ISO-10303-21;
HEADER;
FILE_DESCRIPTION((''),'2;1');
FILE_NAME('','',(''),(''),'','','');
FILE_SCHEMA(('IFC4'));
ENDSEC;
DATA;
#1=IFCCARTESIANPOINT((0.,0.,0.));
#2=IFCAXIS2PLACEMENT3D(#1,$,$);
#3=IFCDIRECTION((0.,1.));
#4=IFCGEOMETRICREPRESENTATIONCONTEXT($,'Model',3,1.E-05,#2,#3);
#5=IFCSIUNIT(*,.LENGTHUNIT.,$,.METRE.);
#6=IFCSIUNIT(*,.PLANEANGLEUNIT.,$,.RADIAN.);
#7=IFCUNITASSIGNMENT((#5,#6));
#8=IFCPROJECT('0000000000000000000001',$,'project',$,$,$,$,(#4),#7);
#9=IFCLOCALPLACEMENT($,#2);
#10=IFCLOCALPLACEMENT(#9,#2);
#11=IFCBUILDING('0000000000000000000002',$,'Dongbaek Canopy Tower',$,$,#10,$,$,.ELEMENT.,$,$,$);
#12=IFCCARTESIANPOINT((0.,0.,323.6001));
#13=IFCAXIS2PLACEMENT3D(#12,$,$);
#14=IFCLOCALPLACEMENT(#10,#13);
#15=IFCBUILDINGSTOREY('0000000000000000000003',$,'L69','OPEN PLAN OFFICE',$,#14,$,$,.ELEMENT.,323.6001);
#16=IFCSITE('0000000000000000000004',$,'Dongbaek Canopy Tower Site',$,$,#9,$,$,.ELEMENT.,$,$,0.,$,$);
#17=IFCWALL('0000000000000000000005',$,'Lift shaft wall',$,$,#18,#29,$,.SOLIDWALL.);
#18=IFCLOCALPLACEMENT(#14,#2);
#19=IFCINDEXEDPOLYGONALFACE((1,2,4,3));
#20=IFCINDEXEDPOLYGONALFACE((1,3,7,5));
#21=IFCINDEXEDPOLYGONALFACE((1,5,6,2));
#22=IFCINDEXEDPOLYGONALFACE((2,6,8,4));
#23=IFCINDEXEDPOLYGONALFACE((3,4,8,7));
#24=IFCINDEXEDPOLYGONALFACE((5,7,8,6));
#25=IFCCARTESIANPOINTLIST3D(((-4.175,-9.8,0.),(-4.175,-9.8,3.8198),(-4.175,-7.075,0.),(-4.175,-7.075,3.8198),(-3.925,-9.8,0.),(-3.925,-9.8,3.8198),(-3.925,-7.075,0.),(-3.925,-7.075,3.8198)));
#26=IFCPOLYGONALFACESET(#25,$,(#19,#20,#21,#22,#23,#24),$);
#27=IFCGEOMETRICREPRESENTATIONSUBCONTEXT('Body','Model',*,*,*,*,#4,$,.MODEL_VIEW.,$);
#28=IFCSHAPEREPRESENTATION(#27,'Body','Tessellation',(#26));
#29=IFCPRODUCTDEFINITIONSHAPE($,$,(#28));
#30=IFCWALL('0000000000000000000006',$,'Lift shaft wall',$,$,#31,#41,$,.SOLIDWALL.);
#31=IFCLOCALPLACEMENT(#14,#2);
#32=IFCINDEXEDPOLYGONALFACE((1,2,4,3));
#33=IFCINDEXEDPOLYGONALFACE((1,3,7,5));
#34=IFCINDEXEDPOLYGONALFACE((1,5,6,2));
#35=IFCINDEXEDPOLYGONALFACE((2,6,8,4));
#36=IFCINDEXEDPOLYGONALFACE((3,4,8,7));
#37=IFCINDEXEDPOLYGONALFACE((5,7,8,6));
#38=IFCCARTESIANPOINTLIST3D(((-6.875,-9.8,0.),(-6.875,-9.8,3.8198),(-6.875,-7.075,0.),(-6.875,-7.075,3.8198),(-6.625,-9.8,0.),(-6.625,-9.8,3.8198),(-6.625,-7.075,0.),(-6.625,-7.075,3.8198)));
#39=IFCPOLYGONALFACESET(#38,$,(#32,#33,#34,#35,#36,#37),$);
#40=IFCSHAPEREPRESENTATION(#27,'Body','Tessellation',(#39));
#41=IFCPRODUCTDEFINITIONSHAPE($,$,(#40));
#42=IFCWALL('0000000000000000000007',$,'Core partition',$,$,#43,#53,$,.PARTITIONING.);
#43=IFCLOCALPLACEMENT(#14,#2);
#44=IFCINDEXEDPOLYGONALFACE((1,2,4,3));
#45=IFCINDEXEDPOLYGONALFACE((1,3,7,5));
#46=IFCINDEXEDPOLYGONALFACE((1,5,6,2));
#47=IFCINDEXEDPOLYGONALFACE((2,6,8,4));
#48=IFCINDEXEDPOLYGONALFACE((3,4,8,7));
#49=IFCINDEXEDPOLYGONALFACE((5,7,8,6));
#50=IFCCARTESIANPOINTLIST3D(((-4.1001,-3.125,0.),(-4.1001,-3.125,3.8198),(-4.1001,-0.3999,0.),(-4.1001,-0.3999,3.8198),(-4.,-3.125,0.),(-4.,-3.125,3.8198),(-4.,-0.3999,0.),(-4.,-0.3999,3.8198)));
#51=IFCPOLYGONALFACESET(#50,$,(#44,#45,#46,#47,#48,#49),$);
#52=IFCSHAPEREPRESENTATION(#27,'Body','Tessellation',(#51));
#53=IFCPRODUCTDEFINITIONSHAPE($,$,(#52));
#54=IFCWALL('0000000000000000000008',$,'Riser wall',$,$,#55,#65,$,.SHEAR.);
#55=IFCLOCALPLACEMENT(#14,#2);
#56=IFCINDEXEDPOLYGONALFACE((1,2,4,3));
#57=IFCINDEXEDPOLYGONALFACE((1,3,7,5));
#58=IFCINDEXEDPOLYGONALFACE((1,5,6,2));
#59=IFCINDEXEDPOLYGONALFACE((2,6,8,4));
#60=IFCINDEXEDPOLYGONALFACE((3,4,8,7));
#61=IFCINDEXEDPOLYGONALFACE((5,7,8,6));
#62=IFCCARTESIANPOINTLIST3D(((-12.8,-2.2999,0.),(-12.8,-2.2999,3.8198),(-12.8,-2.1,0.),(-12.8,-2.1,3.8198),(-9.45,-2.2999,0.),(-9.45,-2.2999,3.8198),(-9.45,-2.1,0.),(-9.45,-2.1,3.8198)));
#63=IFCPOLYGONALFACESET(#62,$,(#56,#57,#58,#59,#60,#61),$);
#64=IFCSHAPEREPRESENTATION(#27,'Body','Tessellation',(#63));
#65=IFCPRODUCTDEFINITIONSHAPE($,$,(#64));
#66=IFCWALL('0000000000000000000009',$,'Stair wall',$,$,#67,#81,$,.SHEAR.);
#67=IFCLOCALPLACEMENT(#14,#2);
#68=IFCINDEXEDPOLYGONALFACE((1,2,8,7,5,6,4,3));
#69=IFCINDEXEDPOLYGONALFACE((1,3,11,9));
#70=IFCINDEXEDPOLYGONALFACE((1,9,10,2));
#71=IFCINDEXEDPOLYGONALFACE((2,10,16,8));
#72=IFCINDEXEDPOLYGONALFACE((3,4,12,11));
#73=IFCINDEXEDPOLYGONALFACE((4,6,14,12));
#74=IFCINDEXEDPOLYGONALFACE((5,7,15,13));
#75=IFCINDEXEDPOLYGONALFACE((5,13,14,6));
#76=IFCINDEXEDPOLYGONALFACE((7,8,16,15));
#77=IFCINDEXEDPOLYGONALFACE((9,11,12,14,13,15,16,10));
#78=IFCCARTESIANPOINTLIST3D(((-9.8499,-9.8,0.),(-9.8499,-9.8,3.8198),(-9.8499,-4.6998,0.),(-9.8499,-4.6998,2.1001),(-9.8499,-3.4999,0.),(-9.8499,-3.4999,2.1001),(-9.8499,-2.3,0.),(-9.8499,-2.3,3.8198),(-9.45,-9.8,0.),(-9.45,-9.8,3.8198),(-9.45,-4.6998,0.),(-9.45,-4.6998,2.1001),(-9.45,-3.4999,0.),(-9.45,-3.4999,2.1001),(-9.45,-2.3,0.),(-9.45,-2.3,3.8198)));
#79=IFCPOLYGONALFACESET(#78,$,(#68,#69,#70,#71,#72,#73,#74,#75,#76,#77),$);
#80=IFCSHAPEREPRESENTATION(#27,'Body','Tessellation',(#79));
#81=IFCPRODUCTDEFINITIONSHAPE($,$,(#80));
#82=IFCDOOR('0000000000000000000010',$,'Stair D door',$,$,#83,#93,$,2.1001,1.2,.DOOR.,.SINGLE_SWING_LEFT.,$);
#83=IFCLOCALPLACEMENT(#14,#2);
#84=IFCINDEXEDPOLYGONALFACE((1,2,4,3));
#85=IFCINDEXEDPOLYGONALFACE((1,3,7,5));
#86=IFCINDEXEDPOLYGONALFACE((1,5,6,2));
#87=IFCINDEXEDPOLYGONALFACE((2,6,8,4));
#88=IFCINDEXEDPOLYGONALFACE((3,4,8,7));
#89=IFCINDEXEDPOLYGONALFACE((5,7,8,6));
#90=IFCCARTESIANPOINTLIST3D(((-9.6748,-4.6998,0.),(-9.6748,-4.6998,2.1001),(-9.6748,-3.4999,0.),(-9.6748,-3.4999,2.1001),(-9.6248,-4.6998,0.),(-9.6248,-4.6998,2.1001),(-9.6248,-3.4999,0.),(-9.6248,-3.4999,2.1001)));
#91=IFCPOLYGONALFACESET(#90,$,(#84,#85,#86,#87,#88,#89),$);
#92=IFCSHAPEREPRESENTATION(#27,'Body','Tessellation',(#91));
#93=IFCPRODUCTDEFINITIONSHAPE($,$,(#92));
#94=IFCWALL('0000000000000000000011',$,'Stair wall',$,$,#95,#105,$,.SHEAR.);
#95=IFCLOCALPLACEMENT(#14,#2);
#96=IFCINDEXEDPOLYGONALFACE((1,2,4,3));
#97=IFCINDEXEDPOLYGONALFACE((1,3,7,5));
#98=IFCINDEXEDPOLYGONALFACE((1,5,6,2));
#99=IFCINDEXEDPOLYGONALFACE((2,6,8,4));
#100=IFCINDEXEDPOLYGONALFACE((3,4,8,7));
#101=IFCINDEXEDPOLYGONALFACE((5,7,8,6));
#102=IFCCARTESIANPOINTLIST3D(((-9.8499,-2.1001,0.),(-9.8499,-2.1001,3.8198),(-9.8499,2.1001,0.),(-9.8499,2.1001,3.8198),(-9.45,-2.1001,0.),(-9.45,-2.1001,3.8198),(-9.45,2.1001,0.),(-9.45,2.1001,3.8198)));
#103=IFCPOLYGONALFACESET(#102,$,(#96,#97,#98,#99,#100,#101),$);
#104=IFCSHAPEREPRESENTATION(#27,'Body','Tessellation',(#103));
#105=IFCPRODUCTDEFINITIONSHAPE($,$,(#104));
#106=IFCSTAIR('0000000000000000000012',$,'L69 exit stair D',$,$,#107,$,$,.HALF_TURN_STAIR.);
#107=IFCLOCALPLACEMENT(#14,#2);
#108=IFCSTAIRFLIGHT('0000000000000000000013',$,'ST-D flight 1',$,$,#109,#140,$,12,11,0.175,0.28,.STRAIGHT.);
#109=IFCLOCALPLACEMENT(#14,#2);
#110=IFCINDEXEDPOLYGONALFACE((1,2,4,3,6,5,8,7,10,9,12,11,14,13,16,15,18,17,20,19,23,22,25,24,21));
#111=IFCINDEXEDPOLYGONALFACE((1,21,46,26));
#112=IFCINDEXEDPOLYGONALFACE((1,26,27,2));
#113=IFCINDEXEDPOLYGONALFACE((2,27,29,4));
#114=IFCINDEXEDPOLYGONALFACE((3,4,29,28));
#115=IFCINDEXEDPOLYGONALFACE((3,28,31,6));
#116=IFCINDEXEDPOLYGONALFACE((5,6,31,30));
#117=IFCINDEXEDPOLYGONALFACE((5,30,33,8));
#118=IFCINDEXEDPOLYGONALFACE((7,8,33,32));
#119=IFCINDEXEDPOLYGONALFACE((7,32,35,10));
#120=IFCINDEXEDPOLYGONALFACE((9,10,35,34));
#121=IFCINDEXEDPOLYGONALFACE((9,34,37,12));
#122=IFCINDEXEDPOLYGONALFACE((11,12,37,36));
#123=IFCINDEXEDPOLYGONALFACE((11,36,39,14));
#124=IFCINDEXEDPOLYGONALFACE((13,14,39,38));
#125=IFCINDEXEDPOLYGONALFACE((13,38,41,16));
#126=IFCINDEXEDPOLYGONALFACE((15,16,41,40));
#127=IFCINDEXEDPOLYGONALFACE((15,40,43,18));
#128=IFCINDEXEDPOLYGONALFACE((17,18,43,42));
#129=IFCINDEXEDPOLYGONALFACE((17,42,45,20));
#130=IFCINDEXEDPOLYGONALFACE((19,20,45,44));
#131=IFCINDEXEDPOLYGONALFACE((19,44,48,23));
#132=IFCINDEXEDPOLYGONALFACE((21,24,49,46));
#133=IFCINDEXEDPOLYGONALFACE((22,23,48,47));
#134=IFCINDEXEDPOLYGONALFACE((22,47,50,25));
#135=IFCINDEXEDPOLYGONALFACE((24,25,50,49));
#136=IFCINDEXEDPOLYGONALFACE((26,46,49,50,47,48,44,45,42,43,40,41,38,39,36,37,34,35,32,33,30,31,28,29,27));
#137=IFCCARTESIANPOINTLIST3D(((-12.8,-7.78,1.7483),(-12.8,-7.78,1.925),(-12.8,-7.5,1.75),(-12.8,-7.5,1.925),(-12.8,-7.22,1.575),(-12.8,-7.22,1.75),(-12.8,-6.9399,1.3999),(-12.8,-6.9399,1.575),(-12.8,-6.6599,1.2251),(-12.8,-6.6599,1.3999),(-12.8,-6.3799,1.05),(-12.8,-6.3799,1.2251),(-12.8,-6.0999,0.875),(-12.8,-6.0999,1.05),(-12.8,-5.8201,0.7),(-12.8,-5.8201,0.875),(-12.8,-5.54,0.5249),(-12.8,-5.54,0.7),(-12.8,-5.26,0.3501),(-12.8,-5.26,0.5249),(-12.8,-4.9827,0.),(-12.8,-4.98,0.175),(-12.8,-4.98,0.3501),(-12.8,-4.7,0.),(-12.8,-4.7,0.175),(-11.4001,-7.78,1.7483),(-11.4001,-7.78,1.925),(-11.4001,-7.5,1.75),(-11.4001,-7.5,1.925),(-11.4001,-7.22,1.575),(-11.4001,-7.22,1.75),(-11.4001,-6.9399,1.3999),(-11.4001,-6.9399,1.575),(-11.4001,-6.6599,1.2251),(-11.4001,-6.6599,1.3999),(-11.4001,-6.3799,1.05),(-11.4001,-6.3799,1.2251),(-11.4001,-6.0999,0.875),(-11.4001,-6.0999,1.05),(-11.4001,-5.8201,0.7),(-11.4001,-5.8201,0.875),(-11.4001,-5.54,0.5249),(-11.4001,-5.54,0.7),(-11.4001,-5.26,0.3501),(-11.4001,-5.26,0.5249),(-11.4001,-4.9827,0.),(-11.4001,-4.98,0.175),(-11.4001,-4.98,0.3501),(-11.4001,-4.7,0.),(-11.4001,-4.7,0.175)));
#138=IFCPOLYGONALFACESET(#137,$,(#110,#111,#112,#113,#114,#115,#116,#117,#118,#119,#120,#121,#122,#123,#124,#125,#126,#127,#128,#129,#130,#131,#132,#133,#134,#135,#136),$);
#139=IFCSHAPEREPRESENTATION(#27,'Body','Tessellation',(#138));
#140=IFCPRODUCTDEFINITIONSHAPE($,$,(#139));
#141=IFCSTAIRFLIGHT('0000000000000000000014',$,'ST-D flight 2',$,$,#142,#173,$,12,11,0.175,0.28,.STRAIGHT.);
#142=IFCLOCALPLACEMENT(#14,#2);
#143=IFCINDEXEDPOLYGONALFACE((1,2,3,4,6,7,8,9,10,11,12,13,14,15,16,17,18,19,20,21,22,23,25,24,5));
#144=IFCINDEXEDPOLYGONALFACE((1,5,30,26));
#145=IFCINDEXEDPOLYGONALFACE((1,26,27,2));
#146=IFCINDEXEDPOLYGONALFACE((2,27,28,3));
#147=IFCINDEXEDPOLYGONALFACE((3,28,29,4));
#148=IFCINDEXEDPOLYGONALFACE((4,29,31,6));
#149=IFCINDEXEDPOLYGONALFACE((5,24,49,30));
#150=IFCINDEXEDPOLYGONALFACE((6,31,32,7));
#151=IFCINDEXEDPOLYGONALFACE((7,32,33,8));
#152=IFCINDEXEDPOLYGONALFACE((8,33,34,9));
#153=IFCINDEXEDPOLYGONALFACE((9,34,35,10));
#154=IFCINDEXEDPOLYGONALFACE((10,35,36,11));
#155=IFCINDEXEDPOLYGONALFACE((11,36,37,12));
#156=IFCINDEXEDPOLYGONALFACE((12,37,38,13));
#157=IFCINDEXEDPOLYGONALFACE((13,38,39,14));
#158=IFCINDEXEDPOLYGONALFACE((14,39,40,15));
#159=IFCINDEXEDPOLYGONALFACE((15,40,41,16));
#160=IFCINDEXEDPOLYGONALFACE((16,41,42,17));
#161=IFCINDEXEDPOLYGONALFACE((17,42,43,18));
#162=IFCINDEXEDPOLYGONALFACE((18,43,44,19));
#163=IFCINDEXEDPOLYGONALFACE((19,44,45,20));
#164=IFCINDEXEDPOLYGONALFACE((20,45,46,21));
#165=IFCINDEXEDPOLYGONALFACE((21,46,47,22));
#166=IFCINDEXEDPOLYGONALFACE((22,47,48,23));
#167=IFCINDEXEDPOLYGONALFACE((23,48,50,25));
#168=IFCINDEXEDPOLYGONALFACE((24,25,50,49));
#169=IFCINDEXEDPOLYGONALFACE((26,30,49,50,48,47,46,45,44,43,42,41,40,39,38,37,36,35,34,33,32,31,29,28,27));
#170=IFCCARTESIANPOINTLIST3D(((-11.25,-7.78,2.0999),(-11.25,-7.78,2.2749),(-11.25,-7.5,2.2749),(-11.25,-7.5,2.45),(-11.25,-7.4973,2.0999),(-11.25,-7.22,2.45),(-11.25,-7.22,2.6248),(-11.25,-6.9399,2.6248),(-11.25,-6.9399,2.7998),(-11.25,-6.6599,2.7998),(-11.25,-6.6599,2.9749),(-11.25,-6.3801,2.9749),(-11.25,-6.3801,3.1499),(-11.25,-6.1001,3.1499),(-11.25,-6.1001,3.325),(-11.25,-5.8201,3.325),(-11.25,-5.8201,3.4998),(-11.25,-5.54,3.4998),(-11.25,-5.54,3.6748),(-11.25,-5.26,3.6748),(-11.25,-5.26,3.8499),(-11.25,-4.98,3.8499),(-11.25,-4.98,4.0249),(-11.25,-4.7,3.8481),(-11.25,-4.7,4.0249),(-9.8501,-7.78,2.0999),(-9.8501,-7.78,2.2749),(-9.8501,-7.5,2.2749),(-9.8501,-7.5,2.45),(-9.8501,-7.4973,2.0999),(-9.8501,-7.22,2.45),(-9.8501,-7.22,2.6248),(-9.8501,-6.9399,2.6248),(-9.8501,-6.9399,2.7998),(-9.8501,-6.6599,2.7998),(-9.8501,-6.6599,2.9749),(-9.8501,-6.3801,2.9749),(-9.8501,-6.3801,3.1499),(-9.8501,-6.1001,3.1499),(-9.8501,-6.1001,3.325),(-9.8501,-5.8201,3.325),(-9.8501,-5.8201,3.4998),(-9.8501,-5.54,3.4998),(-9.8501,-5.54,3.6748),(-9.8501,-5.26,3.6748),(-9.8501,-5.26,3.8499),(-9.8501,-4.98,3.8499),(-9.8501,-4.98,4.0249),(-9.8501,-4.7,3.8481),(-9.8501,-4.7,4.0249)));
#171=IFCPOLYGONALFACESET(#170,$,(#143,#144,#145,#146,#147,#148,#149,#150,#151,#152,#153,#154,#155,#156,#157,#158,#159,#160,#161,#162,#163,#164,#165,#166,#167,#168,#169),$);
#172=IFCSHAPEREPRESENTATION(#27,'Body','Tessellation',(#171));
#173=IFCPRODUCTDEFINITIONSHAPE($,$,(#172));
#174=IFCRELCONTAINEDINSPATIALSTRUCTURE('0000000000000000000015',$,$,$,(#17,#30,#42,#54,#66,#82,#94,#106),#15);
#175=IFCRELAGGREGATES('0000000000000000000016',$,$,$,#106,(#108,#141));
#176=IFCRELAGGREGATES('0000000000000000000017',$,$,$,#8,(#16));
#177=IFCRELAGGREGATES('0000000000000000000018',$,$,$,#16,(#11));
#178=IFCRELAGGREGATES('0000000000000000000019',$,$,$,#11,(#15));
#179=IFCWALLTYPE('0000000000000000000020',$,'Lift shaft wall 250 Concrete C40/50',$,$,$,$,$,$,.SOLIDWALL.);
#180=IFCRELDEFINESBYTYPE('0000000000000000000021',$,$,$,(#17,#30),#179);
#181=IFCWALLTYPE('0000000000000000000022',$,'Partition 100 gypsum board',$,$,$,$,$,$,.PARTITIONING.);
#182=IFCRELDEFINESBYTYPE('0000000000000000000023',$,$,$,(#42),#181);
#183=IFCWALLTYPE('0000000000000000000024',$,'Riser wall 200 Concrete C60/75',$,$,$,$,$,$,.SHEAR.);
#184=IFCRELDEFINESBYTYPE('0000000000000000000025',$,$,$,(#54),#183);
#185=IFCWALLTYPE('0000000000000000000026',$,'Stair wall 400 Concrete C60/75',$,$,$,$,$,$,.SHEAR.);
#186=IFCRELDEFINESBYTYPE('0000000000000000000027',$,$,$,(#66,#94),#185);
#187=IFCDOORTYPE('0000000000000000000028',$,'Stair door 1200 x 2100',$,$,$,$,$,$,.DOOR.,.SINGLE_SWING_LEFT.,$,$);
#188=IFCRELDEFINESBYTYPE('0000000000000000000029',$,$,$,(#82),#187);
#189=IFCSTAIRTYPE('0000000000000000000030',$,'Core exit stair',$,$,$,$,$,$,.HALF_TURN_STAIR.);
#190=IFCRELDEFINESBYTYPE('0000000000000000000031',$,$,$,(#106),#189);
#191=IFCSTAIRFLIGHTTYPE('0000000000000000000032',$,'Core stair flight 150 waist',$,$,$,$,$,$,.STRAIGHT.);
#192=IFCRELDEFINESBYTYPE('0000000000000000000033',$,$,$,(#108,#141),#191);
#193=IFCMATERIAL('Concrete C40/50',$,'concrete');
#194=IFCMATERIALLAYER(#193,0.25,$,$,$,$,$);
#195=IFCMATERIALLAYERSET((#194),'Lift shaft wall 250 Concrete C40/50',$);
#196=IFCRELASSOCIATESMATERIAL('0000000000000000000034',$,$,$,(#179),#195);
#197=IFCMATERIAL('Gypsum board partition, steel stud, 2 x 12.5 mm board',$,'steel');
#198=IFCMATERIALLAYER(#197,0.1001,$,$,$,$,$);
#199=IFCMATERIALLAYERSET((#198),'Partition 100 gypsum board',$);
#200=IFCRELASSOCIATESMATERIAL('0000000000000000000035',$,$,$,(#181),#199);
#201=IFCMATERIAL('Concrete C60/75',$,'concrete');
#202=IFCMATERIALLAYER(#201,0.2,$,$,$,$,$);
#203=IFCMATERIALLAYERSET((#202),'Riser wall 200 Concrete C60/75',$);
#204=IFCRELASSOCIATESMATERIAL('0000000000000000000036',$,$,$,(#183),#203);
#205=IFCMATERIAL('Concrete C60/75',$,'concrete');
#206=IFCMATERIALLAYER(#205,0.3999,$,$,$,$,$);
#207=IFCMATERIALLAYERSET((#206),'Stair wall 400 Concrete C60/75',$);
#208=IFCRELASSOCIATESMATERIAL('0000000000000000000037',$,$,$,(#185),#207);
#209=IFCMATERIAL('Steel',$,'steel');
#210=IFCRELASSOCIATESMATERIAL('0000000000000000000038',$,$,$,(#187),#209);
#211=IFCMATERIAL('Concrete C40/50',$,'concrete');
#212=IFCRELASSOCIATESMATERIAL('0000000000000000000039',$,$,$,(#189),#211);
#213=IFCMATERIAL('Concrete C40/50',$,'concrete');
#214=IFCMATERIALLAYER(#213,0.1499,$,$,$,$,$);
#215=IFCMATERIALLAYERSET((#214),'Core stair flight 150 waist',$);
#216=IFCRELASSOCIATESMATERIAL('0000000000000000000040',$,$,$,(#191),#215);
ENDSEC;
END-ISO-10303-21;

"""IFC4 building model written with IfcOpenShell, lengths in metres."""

from ifc_helpers import new_model, si_unit, direction, frame, frame_2d, origin, place, context, subcontext, project, spatial, polyline, rectangle, outline, extrude, material, layer, layer_set, type_object, element, fill, aggregate, save


model = new_model("IFC4")

# Units and contexts
model_context = context("Model", 3, precision=1e-05, world=origin(), true_north=direction((0.0, 1.0)))
body_context = subcontext(model_context, "Body", "Model", "MODEL_VIEW")
ifc_project = project(units=[si_unit("LENGTHUNIT", "METRE"), si_unit("PLANEANGLEUNIT", "RADIAN")], contexts=[model_context])

# Site, building, storey
site_placement = place(None, origin())
site = spatial("IfcSite", under=ifc_project, at=site_placement, Name="Dongbaek Canopy Tower Site", CompositionType="ELEMENT", RefElevation=0.0)
building_placement = place(site_placement, origin())
building = spatial("IfcBuilding", under=site, at=building_placement, Name="Dongbaek Canopy Tower", CompositionType="ELEMENT")
storey_placement = place(building_placement, frame((0.0, 0.0, 323.6001)))
storey = spatial("IfcBuildingStorey", under=building, at=storey_placement, Name="L69", Description="OPEN PLAN OFFICE", CompositionType="ELEMENT", Elevation=323.6001)

# Walls
ifc_material_1 = material(Name="Concrete C40/50", Category="concrete")
ifc_layer_1 = layer(ifc_material_1, 0.25)
ifc_layer_set_1 = layer_set([ifc_layer_1], Name="Lift shaft wall 250 Concrete C40/50")
wall_type_1 = type_object("IfcWallType", Name="Lift shaft wall 250 Concrete C40/50", PredefinedType="SOLIDWALL", material=ifc_layer_set_1)
for number, where, z_axis, x_axis, name in (
    (1, (-4.05, -9.8, 0.0), (0.0, 0.0, 1.0), (0.0, 1.0, 0.0), "Lift shaft wall"),
    (2, (-6.75, -9.8, 0.0), (0.0, 0.0, 1.0), (0.0, 1.0, 0.0), "Lift shaft wall"),
):
    element("IfcWall", number, at=place(storey_placement, frame(where, z_axis=z_axis, x_axis=x_axis)), inside=storey, type_object=wall_type_1, Name=name, PredefinedType="SOLIDWALL", context=body_context, shape_type="SweptSolid", body=[
        extrude(rectangle(XDim=2.7251, YDim=0.25, at=frame_2d((1.3625, 0.0))), origin(), (0.0, 0.0, 1.0), 3.8198),
    ])
ifc_material_2 = material(Name="Gypsum board partition, steel stud, 2 x 12.5 mm board", Category="steel")
ifc_layer_2 = layer(ifc_material_2, 0.1001)
ifc_layer_set_2 = layer_set([ifc_layer_2], Name="Partition 100 gypsum board")
wall_type_2 = type_object("IfcWallType", Name="Partition 100 gypsum board", PredefinedType="PARTITIONING", material=ifc_layer_set_2)
wall_1_placement = place(storey_placement, frame((-4.05, -3.125, 0.0), z_axis=(0.0, 0.0, 1.0), x_axis=(0.0, 1.0, 0.0)))
element("IfcWall", 3, at=wall_1_placement, inside=storey, type_object=wall_type_2, Name="Core partition", PredefinedType="PARTITIONING", context=body_context, shape_type="SweptSolid", body=[
    extrude(rectangle(XDim=2.7251, YDim=0.1001, at=frame_2d((1.3625, 0.0))), origin(), (0.0, 0.0, 1.0), 3.8198),
])
ifc_material_3 = material(Name="Concrete C60/75", Category="concrete")
ifc_layer_3 = layer(ifc_material_3, 0.2)
ifc_layer_set_3 = layer_set([ifc_layer_3], Name="Riser wall 200 Concrete C60/75")
wall_type_3 = type_object("IfcWallType", Name="Riser wall 200 Concrete C60/75", PredefinedType="SHEAR", material=ifc_layer_set_3)
wall_2_placement = place(storey_placement, frame((-9.45, -2.2, 0.0), z_axis=(0.0, 0.0, 1.0), x_axis=(-1.0, 0.0, 0.0)))
element("IfcWall", 4, at=wall_2_placement, inside=storey, type_object=wall_type_3, Name="Riser wall", PredefinedType="SHEAR", context=body_context, shape_type="SweptSolid", body=[
    extrude(rectangle(XDim=3.3501, YDim=0.2, at=frame_2d((1.675, 0.0))), origin(), (0.0, 0.0, 1.0), 3.8198),
])

# Wall, opening, door
ifc_material_4 = material(Name="Concrete C60/75", Category="concrete")
ifc_layer_4 = layer(ifc_material_4, 0.3999)
ifc_layer_set_4 = layer_set([ifc_layer_4], Name="Stair wall 400 Concrete C60/75")
wall_type_4 = type_object("IfcWallType", Name="Stair wall 400 Concrete C60/75", PredefinedType="SHEAR", material=ifc_layer_set_4)
wall_3_placement = place(storey_placement, frame((-9.6499, -9.8, 0.0), z_axis=(0.0, 0.0, 1.0), x_axis=(0.0, 1.0, 0.0)))
wall_3 = element("IfcWall", 5, at=wall_3_placement, inside=storey, type_object=wall_type_4, Name="Stair wall", PredefinedType="SHEAR", context=body_context, shape_type="SweptSolid", body=[
    extrude(rectangle(XDim=7.5, YDim=0.3999, at=frame_2d((3.75, 0.0))), origin(), (0.0, 0.0, 1.0), 3.8198),
])
opening_1_placement = place(wall_3_placement, frame((5.1001, 0.0, 0.0)))
opening_1 = element("IfcOpeningElement", 6, at=opening_1_placement, cuts=wall_3, PredefinedType="OPENING", context=body_context, shape_type="SweptSolid", body=[
    extrude(rectangle(XDim=1.2, YDim=2.1001, at=frame_2d((0.6001, 1.05))), frame((0.0, 0.21, 0.0), z_axis=(0.0, -1.0, 0.0), x_axis=(1.0, 0.0, 0.0)), (0.0, 0.0, 1.0), 0.4199),
])
ifc_material_5 = material(Name="Steel", Category="steel")
door_type_1 = type_object("IfcDoorType", Name="Stair door 1200 x 2100", OperationType="SINGLE_SWING_LEFT", PredefinedType="DOOR", material=ifc_material_5)
door_1_placement = place(opening_1_placement, origin())
door_1 = element("IfcDoor", 7, at=door_1_placement, inside=storey, type_object=door_type_1, Name="Stair D door", OperationType="SINGLE_SWING_LEFT", OverallHeight=2.1001, OverallWidth=1.2, PredefinedType="DOOR", context=body_context, shape_type="SweptSolid", body=[
    extrude(rectangle(XDim=1.2, YDim=2.1001, at=frame_2d((0.6001, 1.05))), frame((0.0, 0.0249, 0.0), z_axis=(0.0, -1.0, 0.0), x_axis=(1.0, 0.0, 0.0)), (0.0, 0.0, 1.0), 0.05),
])
fill(opening_1, door_1)

# Wall
wall_4_placement = place(storey_placement, frame((-9.6499, -2.1001, 0.0), z_axis=(0.0, 0.0, 1.0), x_axis=(0.0, 1.0, 0.0)))
element("IfcWall", 8, at=wall_4_placement, inside=storey, type_object=wall_type_4, Name="Stair wall", PredefinedType="SHEAR", context=body_context, shape_type="SweptSolid", body=[
    extrude(rectangle(XDim=4.2002, YDim=0.3999, at=frame_2d((2.1001, 0.0))), origin(), (0.0, 0.0, 1.0), 3.8198),
])

# Stair, stair flights
ifc_material_6 = material(Name="Concrete C40/50", Category="concrete")
stair_type = type_object("IfcStairType", Name="Core exit stair", PredefinedType="HALF_TURN_STAIR", material=ifc_material_6)
stair_placement = place(storey_placement, origin())
stair = element("IfcStair", 9, at=stair_placement, inside=storey, type_object=stair_type, Name="L69 exit stair D", PredefinedType="HALF_TURN_STAIR")
ifc_material_7 = material(Name="Concrete C40/50", Category="concrete")
ifc_layer_5 = layer(ifc_material_7, 0.1499)
ifc_layer_set_5 = layer_set([ifc_layer_5], Name="Core stair flight 150 waist")
stair_flight_type = type_object("IfcStairFlightType", Name="Core stair flight 150 waist", PredefinedType="STRAIGHT", material=ifc_layer_set_5)
stair_flight_1_placement = place(storey_placement, frame((-12.1001, -4.7, 0.0), z_axis=(0.0, 0.0, 1.0), x_axis=(0.0, -1.0, 0.0)))
stair_flight_1 = element("IfcStairFlight", 10, at=stair_flight_1_placement, type_object=stair_flight_type, Name="ST-D flight 1", NumberOfRisers=12, NumberOfTreads=11, PredefinedType="STRAIGHT", RiserHeight=0.175, TreadLength=0.28, context=body_context, shape_type="SweptSolid", body=[
    extrude(outline(polyline([(0.0, 0.0), (0.0, 0.175), (0.28, 0.175), (0.28, 0.3501), (0.5601, 0.3501), (0.5601, 0.5249), (0.8401, 0.5249), (0.8401, 0.7), (1.1201, 0.7), (1.1201, 0.875), (1.3999, 0.875), (1.3999, 1.05), (1.6799, 1.05), (1.6799, 1.2251), (1.96, 1.2251), (1.96, 1.3999), (2.24, 1.3999), (2.24, 1.575), (2.52, 1.575), (2.52, 1.75), (2.8, 1.75), (2.8, 1.925), (3.0801, 1.925), (3.0801, 2.1001), (3.0801, 1.7483), (0.2827, 0.0), (0.0, 0.0)])), frame((0.0, 0.7, 0.0), z_axis=(0.0, -1.0, 0.0), x_axis=(1.0, 0.0, 0.0)), (0.0, 0.0, 1.0), 1.3999),
])
stair_flight_2_placement = place(storey_placement, frame((-10.55, -7.78, 2.0999), z_axis=(0.0, 0.0, 1.0), x_axis=(0.0, 1.0, 0.0)))
stair_flight_2 = element("IfcStairFlight", 11, at=stair_flight_2_placement, type_object=stair_flight_type, Name="ST-D flight 2", NumberOfRisers=12, NumberOfTreads=11, PredefinedType="STRAIGHT", RiserHeight=0.175, TreadLength=0.28, context=body_context, shape_type="SweptSolid", body=[
    extrude(outline(polyline([(0.0, 0.0), (0.0, 0.175), (0.28, 0.175), (0.28, 0.3501), (0.5601, 0.3501), (0.5601, 0.5249), (0.8401, 0.5249), (0.8401, 0.7), (1.1201, 0.7), (1.1201, 0.875), (1.3999, 0.875), (1.3999, 1.05), (1.6799, 1.05), (1.6799, 1.2251), (1.96, 1.2251), (1.96, 1.3999), (2.24, 1.3999), (2.24, 1.575), (2.52, 1.575), (2.52, 1.75), (2.8, 1.75), (2.8, 1.925), (3.0801, 1.925), (3.0801, 2.1001), (3.0801, 1.7483), (0.2827, 0.0), (0.0, 0.0)])), frame((0.0, 0.7, 0.0), z_axis=(0.0, -1.0, 0.0), x_axis=(1.0, 0.0, 0.0)), (0.0, 0.0, 1.0), 1.3999),
])
aggregate(stair, [stair_flight_1, stair_flight_2])

save(model, "model.ifc")
